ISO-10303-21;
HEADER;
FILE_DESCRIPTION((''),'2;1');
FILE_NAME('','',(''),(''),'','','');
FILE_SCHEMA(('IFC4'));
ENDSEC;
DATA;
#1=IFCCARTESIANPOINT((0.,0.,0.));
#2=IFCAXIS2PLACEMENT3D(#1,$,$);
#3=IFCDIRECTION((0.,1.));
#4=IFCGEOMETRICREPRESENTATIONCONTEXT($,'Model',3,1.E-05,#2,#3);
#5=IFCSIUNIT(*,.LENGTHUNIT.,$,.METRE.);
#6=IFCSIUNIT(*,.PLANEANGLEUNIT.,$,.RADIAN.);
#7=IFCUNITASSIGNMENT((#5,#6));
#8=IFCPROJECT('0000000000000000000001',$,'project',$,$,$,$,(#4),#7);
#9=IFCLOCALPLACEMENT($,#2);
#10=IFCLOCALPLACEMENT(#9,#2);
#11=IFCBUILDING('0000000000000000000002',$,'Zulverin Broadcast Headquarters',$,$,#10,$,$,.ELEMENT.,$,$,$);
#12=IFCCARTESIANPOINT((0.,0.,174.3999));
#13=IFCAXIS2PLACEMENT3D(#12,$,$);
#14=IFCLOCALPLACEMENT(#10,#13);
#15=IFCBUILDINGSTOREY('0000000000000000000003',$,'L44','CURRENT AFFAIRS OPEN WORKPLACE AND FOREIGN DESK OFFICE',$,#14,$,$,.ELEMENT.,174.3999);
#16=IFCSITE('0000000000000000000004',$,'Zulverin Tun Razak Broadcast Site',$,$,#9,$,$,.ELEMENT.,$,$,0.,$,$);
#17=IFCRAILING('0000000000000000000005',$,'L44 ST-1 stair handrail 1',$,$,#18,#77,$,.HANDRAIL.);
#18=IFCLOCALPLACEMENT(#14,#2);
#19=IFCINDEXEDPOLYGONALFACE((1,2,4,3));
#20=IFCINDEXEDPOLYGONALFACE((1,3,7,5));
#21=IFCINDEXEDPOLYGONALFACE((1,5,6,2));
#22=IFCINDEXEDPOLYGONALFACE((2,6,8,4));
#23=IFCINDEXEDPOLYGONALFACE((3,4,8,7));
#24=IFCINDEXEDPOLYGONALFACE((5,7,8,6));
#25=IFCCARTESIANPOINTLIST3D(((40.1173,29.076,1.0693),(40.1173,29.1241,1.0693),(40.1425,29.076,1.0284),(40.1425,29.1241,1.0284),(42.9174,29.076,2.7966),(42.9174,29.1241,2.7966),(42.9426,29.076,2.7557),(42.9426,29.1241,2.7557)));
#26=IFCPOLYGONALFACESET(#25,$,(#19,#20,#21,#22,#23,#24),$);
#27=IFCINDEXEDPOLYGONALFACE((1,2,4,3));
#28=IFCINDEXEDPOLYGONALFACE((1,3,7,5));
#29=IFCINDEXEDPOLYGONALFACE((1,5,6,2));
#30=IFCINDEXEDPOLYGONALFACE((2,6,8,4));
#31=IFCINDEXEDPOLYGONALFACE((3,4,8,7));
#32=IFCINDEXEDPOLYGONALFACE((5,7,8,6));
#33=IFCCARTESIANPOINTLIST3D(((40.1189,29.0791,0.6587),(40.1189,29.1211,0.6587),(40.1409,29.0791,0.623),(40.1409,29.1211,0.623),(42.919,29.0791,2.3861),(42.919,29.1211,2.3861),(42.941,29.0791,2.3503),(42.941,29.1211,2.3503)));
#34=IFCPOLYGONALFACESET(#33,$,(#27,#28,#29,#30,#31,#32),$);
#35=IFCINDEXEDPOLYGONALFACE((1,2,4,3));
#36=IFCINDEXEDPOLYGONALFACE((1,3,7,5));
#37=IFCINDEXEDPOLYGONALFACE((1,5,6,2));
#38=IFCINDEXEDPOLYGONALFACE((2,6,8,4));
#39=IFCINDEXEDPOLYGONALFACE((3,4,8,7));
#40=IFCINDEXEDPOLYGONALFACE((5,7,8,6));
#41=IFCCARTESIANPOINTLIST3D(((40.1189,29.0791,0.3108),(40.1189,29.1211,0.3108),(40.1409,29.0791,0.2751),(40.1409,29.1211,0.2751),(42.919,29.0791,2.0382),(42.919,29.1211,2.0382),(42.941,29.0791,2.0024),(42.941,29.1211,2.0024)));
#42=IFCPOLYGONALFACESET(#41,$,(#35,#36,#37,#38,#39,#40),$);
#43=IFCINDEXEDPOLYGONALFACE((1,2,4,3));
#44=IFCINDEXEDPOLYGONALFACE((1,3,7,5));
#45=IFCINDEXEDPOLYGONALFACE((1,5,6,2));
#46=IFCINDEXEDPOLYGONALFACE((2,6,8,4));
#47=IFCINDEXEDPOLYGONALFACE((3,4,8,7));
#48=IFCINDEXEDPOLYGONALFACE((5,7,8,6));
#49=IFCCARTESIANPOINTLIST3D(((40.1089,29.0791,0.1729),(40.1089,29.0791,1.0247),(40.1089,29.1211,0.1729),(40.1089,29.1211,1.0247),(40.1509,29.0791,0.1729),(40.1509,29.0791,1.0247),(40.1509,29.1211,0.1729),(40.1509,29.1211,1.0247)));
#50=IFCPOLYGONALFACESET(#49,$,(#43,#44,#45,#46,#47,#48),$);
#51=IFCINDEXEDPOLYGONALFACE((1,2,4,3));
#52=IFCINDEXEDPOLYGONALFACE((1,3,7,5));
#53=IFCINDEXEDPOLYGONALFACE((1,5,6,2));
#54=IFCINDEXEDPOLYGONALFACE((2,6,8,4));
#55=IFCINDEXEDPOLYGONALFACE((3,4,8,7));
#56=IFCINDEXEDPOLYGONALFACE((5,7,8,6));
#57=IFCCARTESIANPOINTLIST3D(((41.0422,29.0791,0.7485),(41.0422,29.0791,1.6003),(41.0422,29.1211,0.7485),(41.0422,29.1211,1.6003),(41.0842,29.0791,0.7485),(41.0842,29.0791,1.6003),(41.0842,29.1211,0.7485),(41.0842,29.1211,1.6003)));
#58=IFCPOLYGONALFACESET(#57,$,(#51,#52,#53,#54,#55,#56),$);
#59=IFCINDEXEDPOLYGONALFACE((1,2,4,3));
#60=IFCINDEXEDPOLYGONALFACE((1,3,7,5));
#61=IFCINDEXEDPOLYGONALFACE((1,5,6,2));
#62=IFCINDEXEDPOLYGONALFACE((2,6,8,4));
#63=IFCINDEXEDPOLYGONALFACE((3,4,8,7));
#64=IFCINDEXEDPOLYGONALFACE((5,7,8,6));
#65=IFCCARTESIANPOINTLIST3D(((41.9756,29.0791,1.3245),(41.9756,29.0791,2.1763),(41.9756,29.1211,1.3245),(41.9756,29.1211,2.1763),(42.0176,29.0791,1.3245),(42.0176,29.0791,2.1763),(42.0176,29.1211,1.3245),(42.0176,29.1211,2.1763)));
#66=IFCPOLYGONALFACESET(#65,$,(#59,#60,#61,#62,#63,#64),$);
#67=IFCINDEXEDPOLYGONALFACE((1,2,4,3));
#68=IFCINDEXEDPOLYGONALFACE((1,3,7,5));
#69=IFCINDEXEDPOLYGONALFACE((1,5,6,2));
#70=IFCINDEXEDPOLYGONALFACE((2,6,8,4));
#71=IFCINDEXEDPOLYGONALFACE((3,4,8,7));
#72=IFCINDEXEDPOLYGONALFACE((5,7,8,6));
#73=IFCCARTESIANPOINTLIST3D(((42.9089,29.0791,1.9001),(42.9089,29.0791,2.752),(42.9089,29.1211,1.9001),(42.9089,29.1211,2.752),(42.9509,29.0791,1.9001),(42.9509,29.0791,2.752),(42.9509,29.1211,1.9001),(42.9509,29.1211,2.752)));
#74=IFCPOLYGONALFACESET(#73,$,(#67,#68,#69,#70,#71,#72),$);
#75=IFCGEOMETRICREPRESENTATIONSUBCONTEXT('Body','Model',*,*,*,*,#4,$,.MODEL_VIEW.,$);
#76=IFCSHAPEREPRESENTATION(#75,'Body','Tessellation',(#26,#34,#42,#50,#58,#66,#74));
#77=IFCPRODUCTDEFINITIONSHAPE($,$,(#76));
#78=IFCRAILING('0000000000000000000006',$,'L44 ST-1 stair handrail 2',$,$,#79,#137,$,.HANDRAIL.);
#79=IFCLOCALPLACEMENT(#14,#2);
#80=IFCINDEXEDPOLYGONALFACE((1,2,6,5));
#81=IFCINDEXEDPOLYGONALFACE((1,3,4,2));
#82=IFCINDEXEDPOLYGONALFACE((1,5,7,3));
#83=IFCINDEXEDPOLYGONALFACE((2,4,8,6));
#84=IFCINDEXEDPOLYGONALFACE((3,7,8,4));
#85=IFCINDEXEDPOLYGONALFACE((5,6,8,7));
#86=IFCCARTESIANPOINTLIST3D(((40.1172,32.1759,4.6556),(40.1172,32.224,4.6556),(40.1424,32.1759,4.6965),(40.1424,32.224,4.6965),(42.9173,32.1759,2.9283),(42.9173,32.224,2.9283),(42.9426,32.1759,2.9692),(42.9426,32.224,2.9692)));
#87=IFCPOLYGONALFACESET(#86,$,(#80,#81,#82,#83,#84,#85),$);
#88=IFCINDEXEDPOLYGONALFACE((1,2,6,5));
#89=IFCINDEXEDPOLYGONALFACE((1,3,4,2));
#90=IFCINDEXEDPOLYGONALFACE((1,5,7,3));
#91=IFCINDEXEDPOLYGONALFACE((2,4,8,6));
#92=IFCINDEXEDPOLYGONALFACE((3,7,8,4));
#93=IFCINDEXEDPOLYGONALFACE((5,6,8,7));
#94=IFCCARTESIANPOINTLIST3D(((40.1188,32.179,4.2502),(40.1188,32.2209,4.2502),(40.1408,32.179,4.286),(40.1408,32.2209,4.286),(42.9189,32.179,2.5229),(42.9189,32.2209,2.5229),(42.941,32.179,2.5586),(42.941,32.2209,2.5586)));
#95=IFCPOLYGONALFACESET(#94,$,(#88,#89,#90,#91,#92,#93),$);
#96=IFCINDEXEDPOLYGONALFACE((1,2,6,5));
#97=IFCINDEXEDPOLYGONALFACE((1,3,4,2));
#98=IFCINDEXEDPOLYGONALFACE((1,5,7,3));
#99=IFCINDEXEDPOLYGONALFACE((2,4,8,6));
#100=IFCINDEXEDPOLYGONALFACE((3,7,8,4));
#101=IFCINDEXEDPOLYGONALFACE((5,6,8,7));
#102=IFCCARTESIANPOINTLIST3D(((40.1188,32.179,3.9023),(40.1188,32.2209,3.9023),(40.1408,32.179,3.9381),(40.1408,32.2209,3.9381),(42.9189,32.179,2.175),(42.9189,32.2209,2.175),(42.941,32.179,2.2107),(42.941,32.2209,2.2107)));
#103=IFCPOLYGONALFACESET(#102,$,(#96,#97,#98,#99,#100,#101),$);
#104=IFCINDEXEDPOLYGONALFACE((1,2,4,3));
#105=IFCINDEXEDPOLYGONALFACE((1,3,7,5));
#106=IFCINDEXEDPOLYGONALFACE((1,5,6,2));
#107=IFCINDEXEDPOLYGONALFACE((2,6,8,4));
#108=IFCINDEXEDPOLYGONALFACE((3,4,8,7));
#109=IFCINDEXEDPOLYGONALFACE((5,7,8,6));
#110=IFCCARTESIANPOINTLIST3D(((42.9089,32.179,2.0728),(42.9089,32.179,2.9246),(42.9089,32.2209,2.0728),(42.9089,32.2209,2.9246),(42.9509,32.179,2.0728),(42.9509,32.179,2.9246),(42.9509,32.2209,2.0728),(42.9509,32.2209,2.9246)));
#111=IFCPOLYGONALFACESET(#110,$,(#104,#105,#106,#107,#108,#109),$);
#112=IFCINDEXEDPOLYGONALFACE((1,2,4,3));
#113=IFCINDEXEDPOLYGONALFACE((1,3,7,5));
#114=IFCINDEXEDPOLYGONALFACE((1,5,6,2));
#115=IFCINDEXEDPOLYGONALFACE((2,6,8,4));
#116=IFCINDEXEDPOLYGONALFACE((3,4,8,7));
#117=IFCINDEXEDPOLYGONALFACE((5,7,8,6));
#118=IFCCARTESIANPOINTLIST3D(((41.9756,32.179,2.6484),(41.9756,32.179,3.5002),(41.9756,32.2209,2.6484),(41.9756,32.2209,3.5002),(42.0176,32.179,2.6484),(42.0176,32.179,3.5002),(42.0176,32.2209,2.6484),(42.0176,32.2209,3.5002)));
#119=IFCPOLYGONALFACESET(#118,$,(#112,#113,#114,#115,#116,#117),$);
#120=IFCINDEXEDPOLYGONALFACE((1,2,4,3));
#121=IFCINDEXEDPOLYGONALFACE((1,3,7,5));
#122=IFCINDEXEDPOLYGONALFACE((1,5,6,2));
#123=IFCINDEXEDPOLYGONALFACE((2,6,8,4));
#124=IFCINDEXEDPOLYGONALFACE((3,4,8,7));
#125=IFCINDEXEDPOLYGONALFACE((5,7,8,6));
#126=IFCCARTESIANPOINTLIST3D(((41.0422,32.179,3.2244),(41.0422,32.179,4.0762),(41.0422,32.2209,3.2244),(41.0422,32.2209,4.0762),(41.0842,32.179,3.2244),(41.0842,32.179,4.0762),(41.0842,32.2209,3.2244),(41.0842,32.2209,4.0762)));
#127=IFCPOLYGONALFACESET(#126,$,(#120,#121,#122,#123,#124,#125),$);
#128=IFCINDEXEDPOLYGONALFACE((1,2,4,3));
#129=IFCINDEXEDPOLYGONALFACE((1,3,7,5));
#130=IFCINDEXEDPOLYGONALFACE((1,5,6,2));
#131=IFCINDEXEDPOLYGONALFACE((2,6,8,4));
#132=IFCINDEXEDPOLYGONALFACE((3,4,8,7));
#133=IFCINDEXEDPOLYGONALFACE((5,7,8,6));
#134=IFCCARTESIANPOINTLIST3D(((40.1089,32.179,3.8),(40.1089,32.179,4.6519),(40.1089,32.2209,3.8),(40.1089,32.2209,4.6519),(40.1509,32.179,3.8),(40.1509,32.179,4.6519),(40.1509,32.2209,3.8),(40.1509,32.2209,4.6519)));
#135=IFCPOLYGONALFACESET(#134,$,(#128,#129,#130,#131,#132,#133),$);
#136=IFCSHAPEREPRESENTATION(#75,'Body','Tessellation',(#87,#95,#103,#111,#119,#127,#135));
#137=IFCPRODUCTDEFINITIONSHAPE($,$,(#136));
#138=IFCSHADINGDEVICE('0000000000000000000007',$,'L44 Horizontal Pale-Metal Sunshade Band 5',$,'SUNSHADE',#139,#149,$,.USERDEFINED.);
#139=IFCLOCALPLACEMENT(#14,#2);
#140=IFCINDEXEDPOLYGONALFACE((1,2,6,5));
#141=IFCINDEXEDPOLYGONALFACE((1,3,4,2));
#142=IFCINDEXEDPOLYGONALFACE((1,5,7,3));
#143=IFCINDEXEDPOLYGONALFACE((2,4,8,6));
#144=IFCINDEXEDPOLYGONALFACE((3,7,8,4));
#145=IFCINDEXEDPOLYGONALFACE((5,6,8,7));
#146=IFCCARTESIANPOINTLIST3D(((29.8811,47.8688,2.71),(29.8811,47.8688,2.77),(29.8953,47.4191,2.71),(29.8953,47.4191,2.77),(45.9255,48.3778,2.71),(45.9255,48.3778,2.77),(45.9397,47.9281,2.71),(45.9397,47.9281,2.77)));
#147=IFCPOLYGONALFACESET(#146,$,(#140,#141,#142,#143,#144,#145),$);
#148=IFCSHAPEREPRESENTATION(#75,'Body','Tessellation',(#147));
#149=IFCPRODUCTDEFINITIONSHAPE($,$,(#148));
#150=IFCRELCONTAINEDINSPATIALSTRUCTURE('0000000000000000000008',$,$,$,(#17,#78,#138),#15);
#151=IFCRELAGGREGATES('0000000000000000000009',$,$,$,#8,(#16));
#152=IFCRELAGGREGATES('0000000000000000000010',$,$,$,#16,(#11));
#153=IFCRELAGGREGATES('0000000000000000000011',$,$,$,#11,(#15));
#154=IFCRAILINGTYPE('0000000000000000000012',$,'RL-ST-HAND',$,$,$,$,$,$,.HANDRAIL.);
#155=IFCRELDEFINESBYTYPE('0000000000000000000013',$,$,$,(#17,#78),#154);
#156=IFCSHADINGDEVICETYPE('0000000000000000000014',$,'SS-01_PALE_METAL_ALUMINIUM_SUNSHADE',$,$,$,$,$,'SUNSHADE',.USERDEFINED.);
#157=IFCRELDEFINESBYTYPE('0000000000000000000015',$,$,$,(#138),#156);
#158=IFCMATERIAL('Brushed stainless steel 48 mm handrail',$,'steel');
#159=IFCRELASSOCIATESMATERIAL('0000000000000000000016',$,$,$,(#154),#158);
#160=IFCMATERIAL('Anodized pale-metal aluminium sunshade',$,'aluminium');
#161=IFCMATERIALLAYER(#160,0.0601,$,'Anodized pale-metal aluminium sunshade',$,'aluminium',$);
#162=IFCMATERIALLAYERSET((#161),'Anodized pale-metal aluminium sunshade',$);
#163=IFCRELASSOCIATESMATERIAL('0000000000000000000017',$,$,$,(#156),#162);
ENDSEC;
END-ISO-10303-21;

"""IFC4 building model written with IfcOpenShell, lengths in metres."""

from ifc_helpers import new_model, si_unit, direction, frame, origin, origin_2d, place, context, subcontext, project, spatial, rectangle, extrude, material, layer, layer_set, type_object, element, save


model = new_model("IFC4")

# Units and contexts
model_context = context("Model", 3, precision=1e-05, world=origin(), true_north=direction((0.0, 1.0)))
body_context = subcontext(model_context, "Body", "Model", "MODEL_VIEW")
ifc_project = project(units=[si_unit("LENGTHUNIT", "METRE"), si_unit("PLANEANGLEUNIT", "RADIAN")], contexts=[model_context])

# Site, building, storey
site_placement = place(None, origin())
site = spatial("IfcSite", under=ifc_project, at=site_placement, Name="Zulverin Tun Razak Broadcast Site", CompositionType="ELEMENT", RefElevation=0.0)
building_placement = place(site_placement, origin())
building = spatial("IfcBuilding", under=site, at=building_placement, Name="Zulverin Broadcast Headquarters", CompositionType="ELEMENT")
storey_placement = place(building_placement, frame((0.0, 0.0, 174.3999)))
storey = spatial("IfcBuildingStorey", under=building, at=storey_placement, Name="L44", Description="CURRENT AFFAIRS OPEN WORKPLACE AND FOREIGN DESK OFFICE", CompositionType="ELEMENT", Elevation=174.3999)

# Railings
ifc_material_1 = material(Name="Brushed stainless steel 48 mm handrail", Category="steel")
railing_type_1 = type_object("IfcRailingType", Name="RL-ST-HAND", PredefinedType="HANDRAIL", material=ifc_material_1)
railing_1_placement = place(storey_placement, frame((40.1299, 29.1001, 0.1729)))
element("IfcRailing", 1, at=railing_1_placement, inside=storey, type_object=railing_type_1, Name="L44 ST-1 stair handrail 1", PredefinedType="HANDRAIL", context=body_context, shape_type="SweptSolid", body=[
    extrude(rectangle(XDim=0.0481, YDim=0.0481, at=origin_2d()), frame((0.0, 0.0, 0.876), z_axis=(0.85109, 0.0, 0.52502), x_axis=(0.0, 1.0, 0.0)), (0.0, 0.0, 1.0), 3.29),
    extrude(rectangle(XDim=0.042, YDim=0.042, at=origin_2d()), frame((0.0, 0.0, 0.468), z_axis=(0.85109, 0.0, 0.52502), x_axis=(0.0, 1.0, 0.0)), (0.0, 0.0, 1.0), 3.29),
    extrude(rectangle(XDim=0.042, YDim=0.042, at=origin_2d()), frame((0.0, 0.0, 0.1201), z_axis=(0.85109, 0.0, 0.52502), x_axis=(0.0, 1.0, 0.0)), (0.0, 0.0, 1.0), 3.29),
    extrude(rectangle(XDim=0.042, YDim=0.042, at=origin_2d()), origin(), (0.0, 0.0, 1.0), 0.8518),
    extrude(rectangle(XDim=0.042, YDim=0.042, at=origin_2d()), frame((0.9333, 0.0, 0.5757)), (0.0, 0.0, 1.0), 0.8518),
    extrude(rectangle(XDim=0.042, YDim=0.042, at=origin_2d()), frame((1.8667, 0.0, 1.1516)), (0.0, 0.0, 1.0), 0.8518),
    extrude(rectangle(XDim=0.042, YDim=0.042, at=origin_2d()), frame((2.8, 0.0, 1.7273)), (0.0, 0.0, 1.0), 0.8518),
])
railing_2_placement = place(storey_placement, frame((42.9299, 32.2, 2.0728)))
element("IfcRailing", 2, at=railing_2_placement, inside=storey, type_object=railing_type_1, Name="L44 ST-1 stair handrail 2", PredefinedType="HANDRAIL", context=body_context, shape_type="SweptSolid", body=[
    extrude(rectangle(XDim=0.0481, YDim=0.0481, at=origin_2d()), frame((0.0, 0.0, 0.876), z_axis=(-0.85109, 0.0, 0.52502), x_axis=(0.0, -1.0, 0.0)), (0.0, 0.0, 1.0), 3.29),
    extrude(rectangle(XDim=0.042, YDim=0.042, at=origin_2d()), frame((0.0, 0.0, 0.468), z_axis=(-0.85109, 0.0, 0.52502), x_axis=(0.0, -1.0, 0.0)), (0.0, 0.0, 1.0), 3.29),
    extrude(rectangle(XDim=0.042, YDim=0.042, at=origin_2d()), frame((0.0, 0.0, 0.1201), z_axis=(-0.85109, 0.0, 0.52502), x_axis=(0.0, -1.0, 0.0)), (0.0, 0.0, 1.0), 3.29),
    extrude(rectangle(XDim=0.042, YDim=0.042, at=origin_2d()), origin(), (0.0, 0.0, 1.0), 0.8518),
    extrude(rectangle(XDim=0.042, YDim=0.042, at=origin_2d()), frame((-0.9333, 0.0, 0.5757)), (0.0, 0.0, 1.0), 0.8518),
    extrude(rectangle(XDim=0.042, YDim=0.042, at=origin_2d()), frame((-1.8667, 0.0, 1.1516)), (0.0, 0.0, 1.0), 0.8518),
    extrude(rectangle(XDim=0.042, YDim=0.042, at=origin_2d()), frame((-2.8, 0.0, 1.7273)), (0.0, 0.0, 1.0), 0.8518),
])

# Shading device
ifc_material_2 = material(Name="Anodized pale-metal aluminium sunshade", Category="aluminium")
ifc_layer_1 = layer(ifc_material_2, 0.0601, Name="Anodized pale-metal aluminium sunshade", Category="aluminium")
ifc_layer_set_1 = layer_set([ifc_layer_1], Name="Anodized pale-metal aluminium sunshade")
shading_device_type = type_object("IfcShadingDeviceType", Name="SS-01_PALE_METAL_ALUMINIUM_SUNSHADE", ElementType="SUNSHADE", PredefinedType="USERDEFINED", material=ifc_layer_set_1)
shading_device_placement = place(storey_placement, frame((37.9104, 47.8984, 2.71), z_axis=(0.0, 0.0, 1.0), x_axis=(-0.999497, -0.031709, 0.0)))
element("IfcShadingDevice", 3, at=shading_device_placement, inside=storey, type_object=shading_device_type, Name="L44 Horizontal Pale-Metal Sunshade Band 5", ObjectType="SUNSHADE", PredefinedType="USERDEFINED", context=body_context, shape_type="SweptSolid", body=[
    extrude(rectangle(XDim=16.0525, YDim=0.45, at=origin_2d()), origin(), (0.0, 0.0, 1.0), 0.0601),
])

save(model, "model.ifc")
